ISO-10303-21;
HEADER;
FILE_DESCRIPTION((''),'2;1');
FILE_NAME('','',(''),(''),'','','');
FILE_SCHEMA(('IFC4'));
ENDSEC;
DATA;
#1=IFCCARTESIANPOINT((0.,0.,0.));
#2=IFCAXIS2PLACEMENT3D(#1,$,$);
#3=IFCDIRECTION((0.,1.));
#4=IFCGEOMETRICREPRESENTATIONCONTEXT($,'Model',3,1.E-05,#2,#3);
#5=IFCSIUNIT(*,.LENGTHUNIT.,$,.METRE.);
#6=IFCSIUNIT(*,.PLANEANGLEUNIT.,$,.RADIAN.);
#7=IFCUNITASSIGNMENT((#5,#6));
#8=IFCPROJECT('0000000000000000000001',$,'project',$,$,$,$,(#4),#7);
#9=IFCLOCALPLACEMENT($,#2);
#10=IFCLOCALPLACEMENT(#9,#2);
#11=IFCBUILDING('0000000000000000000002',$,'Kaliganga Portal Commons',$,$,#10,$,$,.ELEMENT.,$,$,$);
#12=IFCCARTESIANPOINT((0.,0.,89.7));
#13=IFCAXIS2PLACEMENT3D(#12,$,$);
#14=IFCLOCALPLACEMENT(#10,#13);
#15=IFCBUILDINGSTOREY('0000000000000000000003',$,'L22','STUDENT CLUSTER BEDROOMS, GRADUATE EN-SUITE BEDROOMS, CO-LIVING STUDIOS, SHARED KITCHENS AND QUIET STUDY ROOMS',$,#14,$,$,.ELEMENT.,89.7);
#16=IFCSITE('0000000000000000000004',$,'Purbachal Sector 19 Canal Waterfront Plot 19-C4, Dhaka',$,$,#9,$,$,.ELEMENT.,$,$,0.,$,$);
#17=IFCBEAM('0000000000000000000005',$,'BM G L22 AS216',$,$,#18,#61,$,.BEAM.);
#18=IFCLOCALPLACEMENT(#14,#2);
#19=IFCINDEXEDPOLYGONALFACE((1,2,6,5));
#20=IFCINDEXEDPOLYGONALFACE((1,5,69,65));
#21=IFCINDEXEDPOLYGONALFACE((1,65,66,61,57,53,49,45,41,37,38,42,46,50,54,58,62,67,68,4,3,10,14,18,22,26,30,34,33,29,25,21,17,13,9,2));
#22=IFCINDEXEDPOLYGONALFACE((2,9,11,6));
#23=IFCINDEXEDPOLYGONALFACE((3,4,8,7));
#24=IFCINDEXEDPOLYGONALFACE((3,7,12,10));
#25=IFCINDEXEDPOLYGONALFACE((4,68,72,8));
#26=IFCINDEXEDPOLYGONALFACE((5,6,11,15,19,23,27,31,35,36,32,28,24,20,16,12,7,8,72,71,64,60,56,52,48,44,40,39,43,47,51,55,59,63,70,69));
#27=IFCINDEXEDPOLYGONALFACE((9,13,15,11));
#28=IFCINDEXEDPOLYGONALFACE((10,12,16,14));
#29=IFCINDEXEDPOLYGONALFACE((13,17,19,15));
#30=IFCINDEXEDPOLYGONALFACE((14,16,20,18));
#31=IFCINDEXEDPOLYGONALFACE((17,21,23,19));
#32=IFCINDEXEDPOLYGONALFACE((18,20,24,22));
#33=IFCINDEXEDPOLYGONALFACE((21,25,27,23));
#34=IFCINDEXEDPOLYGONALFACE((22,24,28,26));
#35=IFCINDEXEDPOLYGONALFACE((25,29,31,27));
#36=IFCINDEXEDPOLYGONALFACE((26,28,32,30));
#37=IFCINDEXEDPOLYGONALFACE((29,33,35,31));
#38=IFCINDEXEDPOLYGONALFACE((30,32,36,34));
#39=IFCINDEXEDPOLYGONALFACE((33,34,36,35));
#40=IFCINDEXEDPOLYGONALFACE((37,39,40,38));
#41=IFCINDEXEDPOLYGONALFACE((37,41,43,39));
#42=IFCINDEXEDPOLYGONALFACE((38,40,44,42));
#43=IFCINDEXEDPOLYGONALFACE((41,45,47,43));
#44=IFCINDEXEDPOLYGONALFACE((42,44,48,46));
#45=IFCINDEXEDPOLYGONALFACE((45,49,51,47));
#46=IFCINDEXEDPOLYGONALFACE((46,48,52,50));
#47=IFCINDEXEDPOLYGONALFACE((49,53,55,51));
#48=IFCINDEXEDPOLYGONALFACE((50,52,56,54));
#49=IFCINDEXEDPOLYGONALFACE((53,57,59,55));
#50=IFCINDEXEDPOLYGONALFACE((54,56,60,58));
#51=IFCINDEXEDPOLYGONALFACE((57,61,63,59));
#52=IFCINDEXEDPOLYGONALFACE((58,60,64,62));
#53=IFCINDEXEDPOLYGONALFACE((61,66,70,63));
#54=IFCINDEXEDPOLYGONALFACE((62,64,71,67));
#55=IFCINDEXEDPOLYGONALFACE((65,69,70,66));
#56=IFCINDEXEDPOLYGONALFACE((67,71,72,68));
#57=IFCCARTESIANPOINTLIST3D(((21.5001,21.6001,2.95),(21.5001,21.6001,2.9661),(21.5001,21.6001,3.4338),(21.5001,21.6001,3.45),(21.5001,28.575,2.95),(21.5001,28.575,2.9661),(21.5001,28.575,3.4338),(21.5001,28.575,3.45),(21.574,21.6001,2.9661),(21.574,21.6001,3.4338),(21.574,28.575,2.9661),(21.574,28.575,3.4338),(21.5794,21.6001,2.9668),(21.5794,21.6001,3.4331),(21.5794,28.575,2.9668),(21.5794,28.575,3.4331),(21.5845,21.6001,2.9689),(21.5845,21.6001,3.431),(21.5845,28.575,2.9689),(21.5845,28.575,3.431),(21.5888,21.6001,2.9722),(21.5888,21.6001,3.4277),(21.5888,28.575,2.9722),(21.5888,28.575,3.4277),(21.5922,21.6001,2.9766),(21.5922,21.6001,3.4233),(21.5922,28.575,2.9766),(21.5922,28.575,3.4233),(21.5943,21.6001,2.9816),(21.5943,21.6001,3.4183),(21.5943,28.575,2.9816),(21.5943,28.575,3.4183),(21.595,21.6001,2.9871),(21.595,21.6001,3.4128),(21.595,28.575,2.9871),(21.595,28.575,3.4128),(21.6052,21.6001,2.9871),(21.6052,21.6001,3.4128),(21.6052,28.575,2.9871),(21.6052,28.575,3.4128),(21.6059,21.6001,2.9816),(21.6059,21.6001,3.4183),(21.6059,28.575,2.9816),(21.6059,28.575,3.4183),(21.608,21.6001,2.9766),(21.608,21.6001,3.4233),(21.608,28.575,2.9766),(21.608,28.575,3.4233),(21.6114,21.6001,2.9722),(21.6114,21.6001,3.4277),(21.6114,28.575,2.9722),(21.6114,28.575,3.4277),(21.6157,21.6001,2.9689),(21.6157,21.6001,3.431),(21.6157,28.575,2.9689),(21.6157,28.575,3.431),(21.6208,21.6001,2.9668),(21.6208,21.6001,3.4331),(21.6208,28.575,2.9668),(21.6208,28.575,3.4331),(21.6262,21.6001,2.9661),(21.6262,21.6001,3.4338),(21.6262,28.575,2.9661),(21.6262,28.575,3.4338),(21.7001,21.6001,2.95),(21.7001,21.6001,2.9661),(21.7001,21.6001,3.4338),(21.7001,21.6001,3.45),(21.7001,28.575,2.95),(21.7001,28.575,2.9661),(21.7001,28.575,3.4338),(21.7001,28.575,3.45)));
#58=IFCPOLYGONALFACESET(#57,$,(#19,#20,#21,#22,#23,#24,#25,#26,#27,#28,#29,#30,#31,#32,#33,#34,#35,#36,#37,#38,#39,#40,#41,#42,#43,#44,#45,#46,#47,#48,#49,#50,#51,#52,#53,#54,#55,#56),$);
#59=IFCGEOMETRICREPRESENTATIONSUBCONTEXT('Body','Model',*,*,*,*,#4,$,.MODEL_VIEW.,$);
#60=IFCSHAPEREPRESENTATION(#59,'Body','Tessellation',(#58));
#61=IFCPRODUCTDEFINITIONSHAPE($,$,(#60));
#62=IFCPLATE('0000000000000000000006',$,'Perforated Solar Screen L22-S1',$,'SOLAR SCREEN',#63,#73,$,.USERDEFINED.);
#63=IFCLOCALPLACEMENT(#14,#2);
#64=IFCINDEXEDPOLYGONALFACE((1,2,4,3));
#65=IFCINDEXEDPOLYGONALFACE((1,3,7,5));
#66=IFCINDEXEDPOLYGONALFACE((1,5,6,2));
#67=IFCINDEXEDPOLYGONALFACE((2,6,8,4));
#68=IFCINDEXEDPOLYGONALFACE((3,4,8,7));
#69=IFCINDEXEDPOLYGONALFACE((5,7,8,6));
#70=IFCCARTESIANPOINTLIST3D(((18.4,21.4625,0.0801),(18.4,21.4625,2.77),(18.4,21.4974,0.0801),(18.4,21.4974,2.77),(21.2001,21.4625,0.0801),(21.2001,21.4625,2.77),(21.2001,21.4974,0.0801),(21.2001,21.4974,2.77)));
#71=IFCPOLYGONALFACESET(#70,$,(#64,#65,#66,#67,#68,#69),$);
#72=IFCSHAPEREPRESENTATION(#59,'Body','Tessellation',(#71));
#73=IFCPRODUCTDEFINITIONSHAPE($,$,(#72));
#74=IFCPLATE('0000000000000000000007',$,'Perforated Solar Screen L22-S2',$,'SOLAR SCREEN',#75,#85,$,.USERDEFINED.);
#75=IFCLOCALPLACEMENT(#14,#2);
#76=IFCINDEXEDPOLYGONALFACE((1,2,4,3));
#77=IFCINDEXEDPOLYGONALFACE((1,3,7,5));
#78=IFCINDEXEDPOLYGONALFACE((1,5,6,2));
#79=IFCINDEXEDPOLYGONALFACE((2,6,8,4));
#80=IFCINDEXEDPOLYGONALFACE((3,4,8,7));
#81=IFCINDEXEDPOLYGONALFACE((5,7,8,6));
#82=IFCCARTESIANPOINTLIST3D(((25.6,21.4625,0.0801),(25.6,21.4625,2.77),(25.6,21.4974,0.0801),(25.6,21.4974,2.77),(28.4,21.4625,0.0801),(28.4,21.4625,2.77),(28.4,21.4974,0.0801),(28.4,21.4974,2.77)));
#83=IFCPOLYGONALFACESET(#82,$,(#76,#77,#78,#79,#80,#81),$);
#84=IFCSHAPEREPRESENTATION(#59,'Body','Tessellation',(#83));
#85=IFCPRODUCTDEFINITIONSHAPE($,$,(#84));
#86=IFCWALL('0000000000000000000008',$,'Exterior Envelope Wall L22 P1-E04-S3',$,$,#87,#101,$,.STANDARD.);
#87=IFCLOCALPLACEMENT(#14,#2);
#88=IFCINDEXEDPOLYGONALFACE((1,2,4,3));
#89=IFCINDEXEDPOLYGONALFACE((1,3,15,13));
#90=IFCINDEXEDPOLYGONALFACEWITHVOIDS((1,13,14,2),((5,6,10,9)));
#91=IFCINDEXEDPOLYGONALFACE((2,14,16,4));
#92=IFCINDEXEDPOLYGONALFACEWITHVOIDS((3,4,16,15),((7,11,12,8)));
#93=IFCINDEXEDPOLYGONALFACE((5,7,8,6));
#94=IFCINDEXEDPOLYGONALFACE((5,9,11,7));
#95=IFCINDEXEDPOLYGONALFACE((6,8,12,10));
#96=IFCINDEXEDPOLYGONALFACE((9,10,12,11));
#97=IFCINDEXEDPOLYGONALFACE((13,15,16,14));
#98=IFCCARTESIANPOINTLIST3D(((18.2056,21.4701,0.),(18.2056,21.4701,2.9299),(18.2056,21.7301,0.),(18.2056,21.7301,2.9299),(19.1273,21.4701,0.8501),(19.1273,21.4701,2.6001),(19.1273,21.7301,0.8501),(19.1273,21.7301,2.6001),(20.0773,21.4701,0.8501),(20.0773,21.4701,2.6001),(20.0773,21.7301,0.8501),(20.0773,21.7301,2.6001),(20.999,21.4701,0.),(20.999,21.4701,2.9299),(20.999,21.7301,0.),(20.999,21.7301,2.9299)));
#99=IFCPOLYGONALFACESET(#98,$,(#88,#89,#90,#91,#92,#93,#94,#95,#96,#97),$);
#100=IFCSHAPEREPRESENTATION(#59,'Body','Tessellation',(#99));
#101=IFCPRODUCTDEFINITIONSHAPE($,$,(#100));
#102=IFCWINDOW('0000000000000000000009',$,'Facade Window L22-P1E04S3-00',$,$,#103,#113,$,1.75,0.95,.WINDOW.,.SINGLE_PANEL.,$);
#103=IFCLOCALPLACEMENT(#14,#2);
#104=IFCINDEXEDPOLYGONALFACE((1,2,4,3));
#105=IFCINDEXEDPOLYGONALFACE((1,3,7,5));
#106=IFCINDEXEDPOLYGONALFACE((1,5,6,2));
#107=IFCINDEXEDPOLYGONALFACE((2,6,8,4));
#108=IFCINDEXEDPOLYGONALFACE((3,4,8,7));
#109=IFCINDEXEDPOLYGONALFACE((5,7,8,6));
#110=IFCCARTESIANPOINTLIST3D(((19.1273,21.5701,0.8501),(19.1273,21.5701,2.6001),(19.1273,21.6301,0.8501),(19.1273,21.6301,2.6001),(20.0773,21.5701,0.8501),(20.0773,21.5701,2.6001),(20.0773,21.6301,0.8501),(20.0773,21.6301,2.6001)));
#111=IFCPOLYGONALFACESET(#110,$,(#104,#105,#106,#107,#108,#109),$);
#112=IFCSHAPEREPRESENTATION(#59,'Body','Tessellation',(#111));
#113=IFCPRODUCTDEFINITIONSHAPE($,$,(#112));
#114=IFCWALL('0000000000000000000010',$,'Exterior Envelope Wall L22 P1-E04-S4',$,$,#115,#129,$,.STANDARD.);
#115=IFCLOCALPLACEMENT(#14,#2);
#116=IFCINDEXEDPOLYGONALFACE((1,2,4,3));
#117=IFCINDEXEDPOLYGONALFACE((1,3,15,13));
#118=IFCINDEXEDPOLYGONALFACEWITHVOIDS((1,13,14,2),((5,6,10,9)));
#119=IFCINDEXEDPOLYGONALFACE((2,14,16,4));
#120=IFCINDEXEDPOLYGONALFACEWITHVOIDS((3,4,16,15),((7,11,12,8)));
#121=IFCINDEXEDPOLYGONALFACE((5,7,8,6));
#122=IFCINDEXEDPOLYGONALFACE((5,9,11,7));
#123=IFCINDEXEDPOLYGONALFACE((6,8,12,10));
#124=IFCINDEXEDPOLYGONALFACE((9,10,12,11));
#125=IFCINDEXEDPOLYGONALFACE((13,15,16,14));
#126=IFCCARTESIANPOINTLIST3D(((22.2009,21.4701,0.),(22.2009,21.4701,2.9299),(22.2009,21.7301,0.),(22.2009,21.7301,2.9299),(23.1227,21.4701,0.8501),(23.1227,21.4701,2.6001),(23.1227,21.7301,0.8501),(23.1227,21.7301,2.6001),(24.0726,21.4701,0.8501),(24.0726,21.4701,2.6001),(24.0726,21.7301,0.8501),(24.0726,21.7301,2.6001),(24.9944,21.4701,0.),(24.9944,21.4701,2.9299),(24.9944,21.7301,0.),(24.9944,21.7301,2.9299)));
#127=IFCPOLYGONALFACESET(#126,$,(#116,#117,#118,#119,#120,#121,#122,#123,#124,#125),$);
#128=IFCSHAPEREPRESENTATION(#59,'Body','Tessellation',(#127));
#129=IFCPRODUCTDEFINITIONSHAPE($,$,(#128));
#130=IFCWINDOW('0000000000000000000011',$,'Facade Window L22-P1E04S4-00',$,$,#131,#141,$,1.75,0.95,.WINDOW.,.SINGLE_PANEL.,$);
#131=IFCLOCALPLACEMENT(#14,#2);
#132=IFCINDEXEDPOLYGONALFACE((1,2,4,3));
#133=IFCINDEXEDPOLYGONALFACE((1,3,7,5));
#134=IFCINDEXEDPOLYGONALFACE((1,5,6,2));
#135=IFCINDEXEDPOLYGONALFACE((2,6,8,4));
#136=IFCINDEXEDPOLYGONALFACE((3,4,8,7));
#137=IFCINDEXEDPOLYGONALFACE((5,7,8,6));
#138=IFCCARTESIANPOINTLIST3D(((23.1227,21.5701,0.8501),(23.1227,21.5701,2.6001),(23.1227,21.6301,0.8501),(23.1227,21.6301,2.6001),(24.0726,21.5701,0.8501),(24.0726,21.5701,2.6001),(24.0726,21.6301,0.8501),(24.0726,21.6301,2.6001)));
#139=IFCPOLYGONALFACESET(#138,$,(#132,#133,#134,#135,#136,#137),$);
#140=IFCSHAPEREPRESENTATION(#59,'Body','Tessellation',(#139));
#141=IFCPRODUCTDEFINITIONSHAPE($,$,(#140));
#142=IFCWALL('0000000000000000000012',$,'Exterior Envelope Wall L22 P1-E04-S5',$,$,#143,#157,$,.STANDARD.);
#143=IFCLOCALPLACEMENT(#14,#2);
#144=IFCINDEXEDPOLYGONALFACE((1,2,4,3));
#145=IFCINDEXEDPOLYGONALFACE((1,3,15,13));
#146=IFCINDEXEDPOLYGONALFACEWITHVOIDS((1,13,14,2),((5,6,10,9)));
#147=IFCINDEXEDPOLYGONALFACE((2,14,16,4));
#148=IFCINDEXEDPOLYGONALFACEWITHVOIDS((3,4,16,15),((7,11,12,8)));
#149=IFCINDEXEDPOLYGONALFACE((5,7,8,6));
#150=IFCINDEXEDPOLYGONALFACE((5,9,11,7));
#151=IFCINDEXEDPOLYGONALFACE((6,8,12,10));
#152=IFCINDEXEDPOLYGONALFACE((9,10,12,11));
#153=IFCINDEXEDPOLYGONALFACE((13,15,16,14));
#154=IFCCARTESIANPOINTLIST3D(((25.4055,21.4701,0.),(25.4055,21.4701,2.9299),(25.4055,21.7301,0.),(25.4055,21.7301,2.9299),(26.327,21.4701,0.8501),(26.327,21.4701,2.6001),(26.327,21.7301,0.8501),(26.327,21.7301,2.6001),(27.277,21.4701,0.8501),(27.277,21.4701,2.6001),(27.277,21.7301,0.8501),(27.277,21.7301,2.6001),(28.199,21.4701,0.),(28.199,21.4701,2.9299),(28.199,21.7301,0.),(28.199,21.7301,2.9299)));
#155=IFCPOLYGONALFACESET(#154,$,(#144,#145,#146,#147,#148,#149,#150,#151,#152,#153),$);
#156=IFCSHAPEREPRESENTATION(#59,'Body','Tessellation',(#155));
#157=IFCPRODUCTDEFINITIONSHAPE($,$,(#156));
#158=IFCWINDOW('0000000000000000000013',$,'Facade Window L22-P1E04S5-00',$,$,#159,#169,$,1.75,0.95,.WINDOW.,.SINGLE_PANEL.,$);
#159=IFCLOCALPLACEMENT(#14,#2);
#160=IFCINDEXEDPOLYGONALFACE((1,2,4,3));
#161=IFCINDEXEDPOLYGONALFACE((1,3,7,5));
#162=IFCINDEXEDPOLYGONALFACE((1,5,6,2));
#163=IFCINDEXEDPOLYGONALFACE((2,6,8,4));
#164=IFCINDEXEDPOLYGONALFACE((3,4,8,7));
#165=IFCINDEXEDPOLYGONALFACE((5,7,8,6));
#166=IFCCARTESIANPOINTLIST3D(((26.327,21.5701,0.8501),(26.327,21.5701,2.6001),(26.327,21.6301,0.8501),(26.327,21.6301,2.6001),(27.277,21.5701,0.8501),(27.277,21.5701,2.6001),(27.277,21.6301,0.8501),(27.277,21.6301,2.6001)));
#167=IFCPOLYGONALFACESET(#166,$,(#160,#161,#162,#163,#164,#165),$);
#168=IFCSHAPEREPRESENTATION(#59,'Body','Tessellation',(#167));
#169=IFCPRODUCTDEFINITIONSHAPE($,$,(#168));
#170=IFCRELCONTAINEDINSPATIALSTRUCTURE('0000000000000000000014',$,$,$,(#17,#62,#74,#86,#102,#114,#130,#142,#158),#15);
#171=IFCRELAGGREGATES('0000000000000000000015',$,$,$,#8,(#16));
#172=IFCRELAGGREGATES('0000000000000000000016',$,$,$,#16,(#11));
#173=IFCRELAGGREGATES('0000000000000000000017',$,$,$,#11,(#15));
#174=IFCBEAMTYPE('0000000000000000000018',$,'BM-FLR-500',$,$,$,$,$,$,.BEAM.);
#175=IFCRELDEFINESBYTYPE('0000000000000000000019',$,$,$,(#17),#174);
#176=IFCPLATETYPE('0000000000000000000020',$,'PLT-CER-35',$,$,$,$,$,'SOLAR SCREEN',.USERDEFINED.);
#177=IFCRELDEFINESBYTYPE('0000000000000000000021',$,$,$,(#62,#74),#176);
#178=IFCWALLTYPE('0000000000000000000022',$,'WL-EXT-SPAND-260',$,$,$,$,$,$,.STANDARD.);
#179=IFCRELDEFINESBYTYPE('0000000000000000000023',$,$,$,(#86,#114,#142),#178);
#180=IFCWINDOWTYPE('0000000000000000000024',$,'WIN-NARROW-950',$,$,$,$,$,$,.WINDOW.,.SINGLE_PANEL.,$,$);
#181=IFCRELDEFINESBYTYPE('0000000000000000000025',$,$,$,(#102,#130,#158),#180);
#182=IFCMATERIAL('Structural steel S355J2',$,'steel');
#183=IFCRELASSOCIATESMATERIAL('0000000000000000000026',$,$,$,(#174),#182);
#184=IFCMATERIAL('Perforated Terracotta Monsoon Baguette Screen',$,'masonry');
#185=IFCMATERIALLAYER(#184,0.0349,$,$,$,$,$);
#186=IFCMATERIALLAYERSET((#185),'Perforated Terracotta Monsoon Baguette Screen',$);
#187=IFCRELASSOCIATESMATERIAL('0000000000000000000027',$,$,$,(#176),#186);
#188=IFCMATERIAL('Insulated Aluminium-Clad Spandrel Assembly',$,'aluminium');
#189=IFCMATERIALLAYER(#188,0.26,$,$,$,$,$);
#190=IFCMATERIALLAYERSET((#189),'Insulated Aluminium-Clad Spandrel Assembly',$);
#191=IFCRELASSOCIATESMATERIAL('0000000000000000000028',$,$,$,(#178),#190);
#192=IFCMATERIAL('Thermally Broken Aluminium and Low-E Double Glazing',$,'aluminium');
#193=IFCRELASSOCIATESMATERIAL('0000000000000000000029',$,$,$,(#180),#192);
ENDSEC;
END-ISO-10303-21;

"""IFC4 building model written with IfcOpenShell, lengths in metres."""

from ifc_helpers import new_model, si_unit, direction, frame, frame_2d, origin, origin_2d, place, context, subcontext, project, spatial, rectangle, i_section, extrude, source, transform, mapped, material, layer, layer_set, material_profile, profile_set, type_object, element, fill, save


model = new_model("IFC4")

# Units and contexts
model_context = context("Model", 3, precision=1e-05, world=origin(), true_north=direction((0.0, 1.0)))
body_context = subcontext(model_context, "Body", "Model", "MODEL_VIEW")
ifc_project = project(units=[si_unit("LENGTHUNIT", "METRE"), si_unit("PLANEANGLEUNIT", "RADIAN")], contexts=[model_context])

# Site, building, storey
site_placement = place(None, origin())
site = spatial("IfcSite", under=ifc_project, at=site_placement, Name="Purbachal Sector 19 Canal Waterfront Plot 19-C4, Dhaka", CompositionType="ELEMENT", RefElevation=0.0)
building_placement = place(site_placement, origin())
building = spatial("IfcBuilding", under=site, at=building_placement, Name="Kaliganga Portal Commons", CompositionType="ELEMENT")
storey_placement = place(building_placement, frame((0.0, 0.0, 89.7)))
storey = spatial("IfcBuildingStorey", under=building, at=storey_placement, Name="L22", Description="STUDENT CLUSTER BEDROOMS, GRADUATE EN-SUITE BEDROOMS, CO-LIVING STUDIOS, SHARED KITCHENS AND QUIET STUDY ROOMS", CompositionType="ELEMENT", Elevation=89.7)

# Beam
ifc_material_1 = material(Name="Structural steel S355J2", Category="steel")
ifc_material_profile_1 = material_profile(ifc_material_1, i_section(OverallWidth=0.2, OverallDepth=0.5, WebThickness=0.0103, FlangeThickness=0.0161, FilletRadius=0.021, at=origin_2d()), Name="IPE 500")
ifc_profile_set_1 = profile_set([ifc_material_profile_1], Name="Structural steel S355J2 wide-flange")
beam_type_1 = type_object("IfcBeamType", Name="BM-FLR-500", PredefinedType="BEAM", material=ifc_profile_set_1)
shared_shape_1 = source(origin(), body_context, "Body", "SweptSolid", [
    extrude(i_section(OverallWidth=0.2, OverallDepth=0.5, WebThickness=0.0103, FlangeThickness=0.0161, FilletRadius=0.021, at=origin_2d()), origin(), (0.0, 0.0, 1.0), 6.9749),
])
beam_1_placement = place(storey_placement, frame((21.6001, 21.6001, 3.2), z_axis=(0.0, 1.0, 0.0), x_axis=(-1.0, 0.0, 0.0)))
element("IfcBeam", 1, at=beam_1_placement, inside=storey, type_object=beam_type_1, Name="BM G L22 AS216", PredefinedType="BEAM", context=body_context, shape_type="MappedRepresentation", body=[
    mapped(shared_shape_1, transform((0.0, 0.0, 0.0), x_axis=(1.0, 0.0, 0.0), y_axis=(0.0, 1.0, 0.0), z_axis=(0.0, 0.0, 1.0), scale=1.0)),
])

# Plates
ifc_material_2 = material(Name="Perforated Terracotta Monsoon Baguette Screen", Category="masonry")
ifc_layer_1 = layer(ifc_material_2, 0.0349)
ifc_layer_set_1 = layer_set([ifc_layer_1], Name="Perforated Terracotta Monsoon Baguette Screen")
plate_type = type_object("IfcPlateType", Name="PLT-CER-35", ElementType="SOLAR SCREEN", PredefinedType="USERDEFINED", material=ifc_layer_set_1)
shared_shape_2 = source(origin(), body_context, "Body", "SweptSolid", [
    extrude(rectangle(XDim=2.8, YDim=0.0349, at=origin_2d()), origin(), (0.0, 0.0, 1.0), 2.6899),
])
for number, where, z_axis, x_axis, name in (
    (2, (19.8, 21.48, 0.0801), (0.0, 0.0, 1.0), (1.0, 0.0, 0.0), "Perforated Solar Screen L22-S1"),
    (3, (27.0, 21.48, 0.0801), (0.0, 0.0, 1.0), (1.0, 0.0, 0.0), "Perforated Solar Screen L22-S2"),
):
    element("IfcPlate", number, at=place(storey_placement, frame(where, z_axis=z_axis, x_axis=x_axis)), inside=storey, type_object=plate_type, Name=name, ObjectType="SOLAR SCREEN", PredefinedType="USERDEFINED", context=body_context, shape_type="MappedRepresentation", body=[
        mapped(shared_shape_2, transform((0.0, 0.0, 0.0), x_axis=(1.0, 0.0, 0.0), y_axis=(0.0, 1.0, 0.0), z_axis=(0.0, 0.0, 1.0), scale=1.0)),
    ])

# Walls, openings, windows
ifc_material_3 = material(Name="Insulated Aluminium-Clad Spandrel Assembly", Category="aluminium")
ifc_layer_2 = layer(ifc_material_3, 0.26)
ifc_layer_set_2 = layer_set([ifc_layer_2], Name="Insulated Aluminium-Clad Spandrel Assembly")
wall_type_1 = type_object("IfcWallType", Name="WL-EXT-SPAND-260", PredefinedType="STANDARD", material=ifc_layer_set_2)
wall_1_placement = place(storey_placement, frame((20.999, 21.6001, 0.0), z_axis=(0.0, 0.0, 1.0), x_axis=(-1.0, 0.0, 0.0)))
wall_1 = element("IfcWall", 4, at=wall_1_placement, inside=storey, type_object=wall_type_1, Name="Exterior Envelope Wall L22 P1-E04-S3", PredefinedType="STANDARD", context=body_context, shape_type="SweptSolid", body=[
    extrude(rectangle(XDim=2.7935, YDim=0.26, at=frame_2d((1.3967, 0.0))), origin(), (0.0, 0.0, 1.0), 2.9299),
])
opening_1_placement = place(wall_1_placement, frame((0.9216, 0.0, 0.8501)))
opening_1 = element("IfcOpeningElement", 5, at=opening_1_placement, cuts=wall_1, PredefinedType="OPENING", context=body_context, shape_type="SweptSolid", body=[
    extrude(rectangle(XDim=0.95, YDim=1.75, at=frame_2d((0.4751, 0.875))), frame((0.0, 0.1401, 0.0), z_axis=(0.0, -1.0, 0.0), x_axis=(1.0, 0.0, 0.0)), (0.0, 0.0, 1.0), 0.28),
])
ifc_material_4 = material(Name="Thermally Broken Aluminium and Low-E Double Glazing", Category="aluminium")
window_type_1 = type_object("IfcWindowType", Name="WIN-NARROW-950", PartitioningType="SINGLE_PANEL", PredefinedType="WINDOW", material=ifc_material_4)
window_1_placement = place(opening_1_placement, origin())
window_1 = element("IfcWindow", 6, at=window_1_placement, inside=storey, type_object=window_type_1, Name="Facade Window L22-P1E04S3-00", OverallHeight=1.75, OverallWidth=0.95, PartitioningType="SINGLE_PANEL", PredefinedType="WINDOW", context=body_context, shape_type="SweptSolid", body=[
    extrude(rectangle(XDim=0.95, YDim=1.75, at=frame_2d((0.4751, 0.875))), frame((0.0, 0.03, 0.0), z_axis=(0.0, -1.0, 0.0), x_axis=(1.0, 0.0, 0.0)), (0.0, 0.0, 1.0), 0.0601),
])
fill(opening_1, window_1)
wall_2_placement = place(storey_placement, frame((24.9944, 21.6001, 0.0), z_axis=(0.0, 0.0, 1.0), x_axis=(-1.0, 0.0, 0.0)))
wall_2 = element("IfcWall", 7, at=wall_2_placement, inside=storey, type_object=wall_type_1, Name="Exterior Envelope Wall L22 P1-E04-S4", PredefinedType="STANDARD", context=body_context, shape_type="SweptSolid", body=[
    extrude(rectangle(XDim=2.7935, YDim=0.26, at=frame_2d((1.3967, 0.0))), origin(), (0.0, 0.0, 1.0), 2.9299),
])
opening_2_placement = place(wall_2_placement, frame((0.9216, 0.0, 0.8501)))
opening_2 = element("IfcOpeningElement", 8, at=opening_2_placement, cuts=wall_2, PredefinedType="OPENING", context=body_context, shape_type="SweptSolid", body=[
    extrude(rectangle(XDim=0.95, YDim=1.75, at=frame_2d((0.4751, 0.875))), frame((0.0, 0.1401, 0.0), z_axis=(0.0, -1.0, 0.0), x_axis=(1.0, 0.0, 0.0)), (0.0, 0.0, 1.0), 0.28),
])
window_2_placement = place(opening_2_placement, origin())
window_2 = element("IfcWindow", 9, at=window_2_placement, inside=storey, type_object=window_type_1, Name="Facade Window L22-P1E04S4-00", OverallHeight=1.75, OverallWidth=0.95, PartitioningType="SINGLE_PANEL", PredefinedType="WINDOW", context=body_context, shape_type="SweptSolid", body=[
    extrude(rectangle(XDim=0.95, YDim=1.75, at=frame_2d((0.4751, 0.875))), frame((0.0, 0.03, 0.0), z_axis=(0.0, -1.0, 0.0), x_axis=(1.0, 0.0, 0.0)), (0.0, 0.0, 1.0), 0.0601),
])
fill(opening_2, window_2)
wall_3_placement = place(storey_placement, frame((28.199, 21.6001, 0.0), z_axis=(0.0, 0.0, 1.0), x_axis=(-1.0, 0.0, 0.0)))
wall_3 = element("IfcWall", 10, at=wall_3_placement, inside=storey, type_object=wall_type_1, Name="Exterior Envelope Wall L22 P1-E04-S5", PredefinedType="STANDARD", context=body_context, shape_type="SweptSolid", body=[
    extrude(rectangle(XDim=2.7935, YDim=0.26, at=frame_2d((1.3967, 0.0))), origin(), (0.0, 0.0, 1.0), 2.9299),
])
opening_3_placement = place(wall_3_placement, frame((0.9219, 0.0, 0.8501)))
opening_3 = element("IfcOpeningElement", 11, at=opening_3_placement, cuts=wall_3, PredefinedType="OPENING", context=body_context, shape_type="SweptSolid", body=[
    extrude(rectangle(XDim=0.95, YDim=1.75, at=frame_2d((0.4751, 0.875))), frame((0.0, 0.1401, 0.0), z_axis=(0.0, -1.0, 0.0), x_axis=(1.0, 0.0, 0.0)), (0.0, 0.0, 1.0), 0.28),
])
window_3_placement = place(opening_3_placement, origin())
window_3 = element("IfcWindow", 12, at=window_3_placement, inside=storey, type_object=window_type_1, Name="Facade Window L22-P1E04S5-00", OverallHeight=1.75, OverallWidth=0.95, PartitioningType="SINGLE_PANEL", PredefinedType="WINDOW", context=body_context, shape_type="SweptSolid", body=[
    extrude(rectangle(XDim=0.95, YDim=1.75, at=frame_2d((0.4751, 0.875))), frame((0.0, 0.03, 0.0), z_axis=(0.0, -1.0, 0.0), x_axis=(1.0, 0.0, 0.0)), (0.0, 0.0, 1.0), 0.0601),
])
fill(opening_3, window_3)

save(model, "model.ifc")
